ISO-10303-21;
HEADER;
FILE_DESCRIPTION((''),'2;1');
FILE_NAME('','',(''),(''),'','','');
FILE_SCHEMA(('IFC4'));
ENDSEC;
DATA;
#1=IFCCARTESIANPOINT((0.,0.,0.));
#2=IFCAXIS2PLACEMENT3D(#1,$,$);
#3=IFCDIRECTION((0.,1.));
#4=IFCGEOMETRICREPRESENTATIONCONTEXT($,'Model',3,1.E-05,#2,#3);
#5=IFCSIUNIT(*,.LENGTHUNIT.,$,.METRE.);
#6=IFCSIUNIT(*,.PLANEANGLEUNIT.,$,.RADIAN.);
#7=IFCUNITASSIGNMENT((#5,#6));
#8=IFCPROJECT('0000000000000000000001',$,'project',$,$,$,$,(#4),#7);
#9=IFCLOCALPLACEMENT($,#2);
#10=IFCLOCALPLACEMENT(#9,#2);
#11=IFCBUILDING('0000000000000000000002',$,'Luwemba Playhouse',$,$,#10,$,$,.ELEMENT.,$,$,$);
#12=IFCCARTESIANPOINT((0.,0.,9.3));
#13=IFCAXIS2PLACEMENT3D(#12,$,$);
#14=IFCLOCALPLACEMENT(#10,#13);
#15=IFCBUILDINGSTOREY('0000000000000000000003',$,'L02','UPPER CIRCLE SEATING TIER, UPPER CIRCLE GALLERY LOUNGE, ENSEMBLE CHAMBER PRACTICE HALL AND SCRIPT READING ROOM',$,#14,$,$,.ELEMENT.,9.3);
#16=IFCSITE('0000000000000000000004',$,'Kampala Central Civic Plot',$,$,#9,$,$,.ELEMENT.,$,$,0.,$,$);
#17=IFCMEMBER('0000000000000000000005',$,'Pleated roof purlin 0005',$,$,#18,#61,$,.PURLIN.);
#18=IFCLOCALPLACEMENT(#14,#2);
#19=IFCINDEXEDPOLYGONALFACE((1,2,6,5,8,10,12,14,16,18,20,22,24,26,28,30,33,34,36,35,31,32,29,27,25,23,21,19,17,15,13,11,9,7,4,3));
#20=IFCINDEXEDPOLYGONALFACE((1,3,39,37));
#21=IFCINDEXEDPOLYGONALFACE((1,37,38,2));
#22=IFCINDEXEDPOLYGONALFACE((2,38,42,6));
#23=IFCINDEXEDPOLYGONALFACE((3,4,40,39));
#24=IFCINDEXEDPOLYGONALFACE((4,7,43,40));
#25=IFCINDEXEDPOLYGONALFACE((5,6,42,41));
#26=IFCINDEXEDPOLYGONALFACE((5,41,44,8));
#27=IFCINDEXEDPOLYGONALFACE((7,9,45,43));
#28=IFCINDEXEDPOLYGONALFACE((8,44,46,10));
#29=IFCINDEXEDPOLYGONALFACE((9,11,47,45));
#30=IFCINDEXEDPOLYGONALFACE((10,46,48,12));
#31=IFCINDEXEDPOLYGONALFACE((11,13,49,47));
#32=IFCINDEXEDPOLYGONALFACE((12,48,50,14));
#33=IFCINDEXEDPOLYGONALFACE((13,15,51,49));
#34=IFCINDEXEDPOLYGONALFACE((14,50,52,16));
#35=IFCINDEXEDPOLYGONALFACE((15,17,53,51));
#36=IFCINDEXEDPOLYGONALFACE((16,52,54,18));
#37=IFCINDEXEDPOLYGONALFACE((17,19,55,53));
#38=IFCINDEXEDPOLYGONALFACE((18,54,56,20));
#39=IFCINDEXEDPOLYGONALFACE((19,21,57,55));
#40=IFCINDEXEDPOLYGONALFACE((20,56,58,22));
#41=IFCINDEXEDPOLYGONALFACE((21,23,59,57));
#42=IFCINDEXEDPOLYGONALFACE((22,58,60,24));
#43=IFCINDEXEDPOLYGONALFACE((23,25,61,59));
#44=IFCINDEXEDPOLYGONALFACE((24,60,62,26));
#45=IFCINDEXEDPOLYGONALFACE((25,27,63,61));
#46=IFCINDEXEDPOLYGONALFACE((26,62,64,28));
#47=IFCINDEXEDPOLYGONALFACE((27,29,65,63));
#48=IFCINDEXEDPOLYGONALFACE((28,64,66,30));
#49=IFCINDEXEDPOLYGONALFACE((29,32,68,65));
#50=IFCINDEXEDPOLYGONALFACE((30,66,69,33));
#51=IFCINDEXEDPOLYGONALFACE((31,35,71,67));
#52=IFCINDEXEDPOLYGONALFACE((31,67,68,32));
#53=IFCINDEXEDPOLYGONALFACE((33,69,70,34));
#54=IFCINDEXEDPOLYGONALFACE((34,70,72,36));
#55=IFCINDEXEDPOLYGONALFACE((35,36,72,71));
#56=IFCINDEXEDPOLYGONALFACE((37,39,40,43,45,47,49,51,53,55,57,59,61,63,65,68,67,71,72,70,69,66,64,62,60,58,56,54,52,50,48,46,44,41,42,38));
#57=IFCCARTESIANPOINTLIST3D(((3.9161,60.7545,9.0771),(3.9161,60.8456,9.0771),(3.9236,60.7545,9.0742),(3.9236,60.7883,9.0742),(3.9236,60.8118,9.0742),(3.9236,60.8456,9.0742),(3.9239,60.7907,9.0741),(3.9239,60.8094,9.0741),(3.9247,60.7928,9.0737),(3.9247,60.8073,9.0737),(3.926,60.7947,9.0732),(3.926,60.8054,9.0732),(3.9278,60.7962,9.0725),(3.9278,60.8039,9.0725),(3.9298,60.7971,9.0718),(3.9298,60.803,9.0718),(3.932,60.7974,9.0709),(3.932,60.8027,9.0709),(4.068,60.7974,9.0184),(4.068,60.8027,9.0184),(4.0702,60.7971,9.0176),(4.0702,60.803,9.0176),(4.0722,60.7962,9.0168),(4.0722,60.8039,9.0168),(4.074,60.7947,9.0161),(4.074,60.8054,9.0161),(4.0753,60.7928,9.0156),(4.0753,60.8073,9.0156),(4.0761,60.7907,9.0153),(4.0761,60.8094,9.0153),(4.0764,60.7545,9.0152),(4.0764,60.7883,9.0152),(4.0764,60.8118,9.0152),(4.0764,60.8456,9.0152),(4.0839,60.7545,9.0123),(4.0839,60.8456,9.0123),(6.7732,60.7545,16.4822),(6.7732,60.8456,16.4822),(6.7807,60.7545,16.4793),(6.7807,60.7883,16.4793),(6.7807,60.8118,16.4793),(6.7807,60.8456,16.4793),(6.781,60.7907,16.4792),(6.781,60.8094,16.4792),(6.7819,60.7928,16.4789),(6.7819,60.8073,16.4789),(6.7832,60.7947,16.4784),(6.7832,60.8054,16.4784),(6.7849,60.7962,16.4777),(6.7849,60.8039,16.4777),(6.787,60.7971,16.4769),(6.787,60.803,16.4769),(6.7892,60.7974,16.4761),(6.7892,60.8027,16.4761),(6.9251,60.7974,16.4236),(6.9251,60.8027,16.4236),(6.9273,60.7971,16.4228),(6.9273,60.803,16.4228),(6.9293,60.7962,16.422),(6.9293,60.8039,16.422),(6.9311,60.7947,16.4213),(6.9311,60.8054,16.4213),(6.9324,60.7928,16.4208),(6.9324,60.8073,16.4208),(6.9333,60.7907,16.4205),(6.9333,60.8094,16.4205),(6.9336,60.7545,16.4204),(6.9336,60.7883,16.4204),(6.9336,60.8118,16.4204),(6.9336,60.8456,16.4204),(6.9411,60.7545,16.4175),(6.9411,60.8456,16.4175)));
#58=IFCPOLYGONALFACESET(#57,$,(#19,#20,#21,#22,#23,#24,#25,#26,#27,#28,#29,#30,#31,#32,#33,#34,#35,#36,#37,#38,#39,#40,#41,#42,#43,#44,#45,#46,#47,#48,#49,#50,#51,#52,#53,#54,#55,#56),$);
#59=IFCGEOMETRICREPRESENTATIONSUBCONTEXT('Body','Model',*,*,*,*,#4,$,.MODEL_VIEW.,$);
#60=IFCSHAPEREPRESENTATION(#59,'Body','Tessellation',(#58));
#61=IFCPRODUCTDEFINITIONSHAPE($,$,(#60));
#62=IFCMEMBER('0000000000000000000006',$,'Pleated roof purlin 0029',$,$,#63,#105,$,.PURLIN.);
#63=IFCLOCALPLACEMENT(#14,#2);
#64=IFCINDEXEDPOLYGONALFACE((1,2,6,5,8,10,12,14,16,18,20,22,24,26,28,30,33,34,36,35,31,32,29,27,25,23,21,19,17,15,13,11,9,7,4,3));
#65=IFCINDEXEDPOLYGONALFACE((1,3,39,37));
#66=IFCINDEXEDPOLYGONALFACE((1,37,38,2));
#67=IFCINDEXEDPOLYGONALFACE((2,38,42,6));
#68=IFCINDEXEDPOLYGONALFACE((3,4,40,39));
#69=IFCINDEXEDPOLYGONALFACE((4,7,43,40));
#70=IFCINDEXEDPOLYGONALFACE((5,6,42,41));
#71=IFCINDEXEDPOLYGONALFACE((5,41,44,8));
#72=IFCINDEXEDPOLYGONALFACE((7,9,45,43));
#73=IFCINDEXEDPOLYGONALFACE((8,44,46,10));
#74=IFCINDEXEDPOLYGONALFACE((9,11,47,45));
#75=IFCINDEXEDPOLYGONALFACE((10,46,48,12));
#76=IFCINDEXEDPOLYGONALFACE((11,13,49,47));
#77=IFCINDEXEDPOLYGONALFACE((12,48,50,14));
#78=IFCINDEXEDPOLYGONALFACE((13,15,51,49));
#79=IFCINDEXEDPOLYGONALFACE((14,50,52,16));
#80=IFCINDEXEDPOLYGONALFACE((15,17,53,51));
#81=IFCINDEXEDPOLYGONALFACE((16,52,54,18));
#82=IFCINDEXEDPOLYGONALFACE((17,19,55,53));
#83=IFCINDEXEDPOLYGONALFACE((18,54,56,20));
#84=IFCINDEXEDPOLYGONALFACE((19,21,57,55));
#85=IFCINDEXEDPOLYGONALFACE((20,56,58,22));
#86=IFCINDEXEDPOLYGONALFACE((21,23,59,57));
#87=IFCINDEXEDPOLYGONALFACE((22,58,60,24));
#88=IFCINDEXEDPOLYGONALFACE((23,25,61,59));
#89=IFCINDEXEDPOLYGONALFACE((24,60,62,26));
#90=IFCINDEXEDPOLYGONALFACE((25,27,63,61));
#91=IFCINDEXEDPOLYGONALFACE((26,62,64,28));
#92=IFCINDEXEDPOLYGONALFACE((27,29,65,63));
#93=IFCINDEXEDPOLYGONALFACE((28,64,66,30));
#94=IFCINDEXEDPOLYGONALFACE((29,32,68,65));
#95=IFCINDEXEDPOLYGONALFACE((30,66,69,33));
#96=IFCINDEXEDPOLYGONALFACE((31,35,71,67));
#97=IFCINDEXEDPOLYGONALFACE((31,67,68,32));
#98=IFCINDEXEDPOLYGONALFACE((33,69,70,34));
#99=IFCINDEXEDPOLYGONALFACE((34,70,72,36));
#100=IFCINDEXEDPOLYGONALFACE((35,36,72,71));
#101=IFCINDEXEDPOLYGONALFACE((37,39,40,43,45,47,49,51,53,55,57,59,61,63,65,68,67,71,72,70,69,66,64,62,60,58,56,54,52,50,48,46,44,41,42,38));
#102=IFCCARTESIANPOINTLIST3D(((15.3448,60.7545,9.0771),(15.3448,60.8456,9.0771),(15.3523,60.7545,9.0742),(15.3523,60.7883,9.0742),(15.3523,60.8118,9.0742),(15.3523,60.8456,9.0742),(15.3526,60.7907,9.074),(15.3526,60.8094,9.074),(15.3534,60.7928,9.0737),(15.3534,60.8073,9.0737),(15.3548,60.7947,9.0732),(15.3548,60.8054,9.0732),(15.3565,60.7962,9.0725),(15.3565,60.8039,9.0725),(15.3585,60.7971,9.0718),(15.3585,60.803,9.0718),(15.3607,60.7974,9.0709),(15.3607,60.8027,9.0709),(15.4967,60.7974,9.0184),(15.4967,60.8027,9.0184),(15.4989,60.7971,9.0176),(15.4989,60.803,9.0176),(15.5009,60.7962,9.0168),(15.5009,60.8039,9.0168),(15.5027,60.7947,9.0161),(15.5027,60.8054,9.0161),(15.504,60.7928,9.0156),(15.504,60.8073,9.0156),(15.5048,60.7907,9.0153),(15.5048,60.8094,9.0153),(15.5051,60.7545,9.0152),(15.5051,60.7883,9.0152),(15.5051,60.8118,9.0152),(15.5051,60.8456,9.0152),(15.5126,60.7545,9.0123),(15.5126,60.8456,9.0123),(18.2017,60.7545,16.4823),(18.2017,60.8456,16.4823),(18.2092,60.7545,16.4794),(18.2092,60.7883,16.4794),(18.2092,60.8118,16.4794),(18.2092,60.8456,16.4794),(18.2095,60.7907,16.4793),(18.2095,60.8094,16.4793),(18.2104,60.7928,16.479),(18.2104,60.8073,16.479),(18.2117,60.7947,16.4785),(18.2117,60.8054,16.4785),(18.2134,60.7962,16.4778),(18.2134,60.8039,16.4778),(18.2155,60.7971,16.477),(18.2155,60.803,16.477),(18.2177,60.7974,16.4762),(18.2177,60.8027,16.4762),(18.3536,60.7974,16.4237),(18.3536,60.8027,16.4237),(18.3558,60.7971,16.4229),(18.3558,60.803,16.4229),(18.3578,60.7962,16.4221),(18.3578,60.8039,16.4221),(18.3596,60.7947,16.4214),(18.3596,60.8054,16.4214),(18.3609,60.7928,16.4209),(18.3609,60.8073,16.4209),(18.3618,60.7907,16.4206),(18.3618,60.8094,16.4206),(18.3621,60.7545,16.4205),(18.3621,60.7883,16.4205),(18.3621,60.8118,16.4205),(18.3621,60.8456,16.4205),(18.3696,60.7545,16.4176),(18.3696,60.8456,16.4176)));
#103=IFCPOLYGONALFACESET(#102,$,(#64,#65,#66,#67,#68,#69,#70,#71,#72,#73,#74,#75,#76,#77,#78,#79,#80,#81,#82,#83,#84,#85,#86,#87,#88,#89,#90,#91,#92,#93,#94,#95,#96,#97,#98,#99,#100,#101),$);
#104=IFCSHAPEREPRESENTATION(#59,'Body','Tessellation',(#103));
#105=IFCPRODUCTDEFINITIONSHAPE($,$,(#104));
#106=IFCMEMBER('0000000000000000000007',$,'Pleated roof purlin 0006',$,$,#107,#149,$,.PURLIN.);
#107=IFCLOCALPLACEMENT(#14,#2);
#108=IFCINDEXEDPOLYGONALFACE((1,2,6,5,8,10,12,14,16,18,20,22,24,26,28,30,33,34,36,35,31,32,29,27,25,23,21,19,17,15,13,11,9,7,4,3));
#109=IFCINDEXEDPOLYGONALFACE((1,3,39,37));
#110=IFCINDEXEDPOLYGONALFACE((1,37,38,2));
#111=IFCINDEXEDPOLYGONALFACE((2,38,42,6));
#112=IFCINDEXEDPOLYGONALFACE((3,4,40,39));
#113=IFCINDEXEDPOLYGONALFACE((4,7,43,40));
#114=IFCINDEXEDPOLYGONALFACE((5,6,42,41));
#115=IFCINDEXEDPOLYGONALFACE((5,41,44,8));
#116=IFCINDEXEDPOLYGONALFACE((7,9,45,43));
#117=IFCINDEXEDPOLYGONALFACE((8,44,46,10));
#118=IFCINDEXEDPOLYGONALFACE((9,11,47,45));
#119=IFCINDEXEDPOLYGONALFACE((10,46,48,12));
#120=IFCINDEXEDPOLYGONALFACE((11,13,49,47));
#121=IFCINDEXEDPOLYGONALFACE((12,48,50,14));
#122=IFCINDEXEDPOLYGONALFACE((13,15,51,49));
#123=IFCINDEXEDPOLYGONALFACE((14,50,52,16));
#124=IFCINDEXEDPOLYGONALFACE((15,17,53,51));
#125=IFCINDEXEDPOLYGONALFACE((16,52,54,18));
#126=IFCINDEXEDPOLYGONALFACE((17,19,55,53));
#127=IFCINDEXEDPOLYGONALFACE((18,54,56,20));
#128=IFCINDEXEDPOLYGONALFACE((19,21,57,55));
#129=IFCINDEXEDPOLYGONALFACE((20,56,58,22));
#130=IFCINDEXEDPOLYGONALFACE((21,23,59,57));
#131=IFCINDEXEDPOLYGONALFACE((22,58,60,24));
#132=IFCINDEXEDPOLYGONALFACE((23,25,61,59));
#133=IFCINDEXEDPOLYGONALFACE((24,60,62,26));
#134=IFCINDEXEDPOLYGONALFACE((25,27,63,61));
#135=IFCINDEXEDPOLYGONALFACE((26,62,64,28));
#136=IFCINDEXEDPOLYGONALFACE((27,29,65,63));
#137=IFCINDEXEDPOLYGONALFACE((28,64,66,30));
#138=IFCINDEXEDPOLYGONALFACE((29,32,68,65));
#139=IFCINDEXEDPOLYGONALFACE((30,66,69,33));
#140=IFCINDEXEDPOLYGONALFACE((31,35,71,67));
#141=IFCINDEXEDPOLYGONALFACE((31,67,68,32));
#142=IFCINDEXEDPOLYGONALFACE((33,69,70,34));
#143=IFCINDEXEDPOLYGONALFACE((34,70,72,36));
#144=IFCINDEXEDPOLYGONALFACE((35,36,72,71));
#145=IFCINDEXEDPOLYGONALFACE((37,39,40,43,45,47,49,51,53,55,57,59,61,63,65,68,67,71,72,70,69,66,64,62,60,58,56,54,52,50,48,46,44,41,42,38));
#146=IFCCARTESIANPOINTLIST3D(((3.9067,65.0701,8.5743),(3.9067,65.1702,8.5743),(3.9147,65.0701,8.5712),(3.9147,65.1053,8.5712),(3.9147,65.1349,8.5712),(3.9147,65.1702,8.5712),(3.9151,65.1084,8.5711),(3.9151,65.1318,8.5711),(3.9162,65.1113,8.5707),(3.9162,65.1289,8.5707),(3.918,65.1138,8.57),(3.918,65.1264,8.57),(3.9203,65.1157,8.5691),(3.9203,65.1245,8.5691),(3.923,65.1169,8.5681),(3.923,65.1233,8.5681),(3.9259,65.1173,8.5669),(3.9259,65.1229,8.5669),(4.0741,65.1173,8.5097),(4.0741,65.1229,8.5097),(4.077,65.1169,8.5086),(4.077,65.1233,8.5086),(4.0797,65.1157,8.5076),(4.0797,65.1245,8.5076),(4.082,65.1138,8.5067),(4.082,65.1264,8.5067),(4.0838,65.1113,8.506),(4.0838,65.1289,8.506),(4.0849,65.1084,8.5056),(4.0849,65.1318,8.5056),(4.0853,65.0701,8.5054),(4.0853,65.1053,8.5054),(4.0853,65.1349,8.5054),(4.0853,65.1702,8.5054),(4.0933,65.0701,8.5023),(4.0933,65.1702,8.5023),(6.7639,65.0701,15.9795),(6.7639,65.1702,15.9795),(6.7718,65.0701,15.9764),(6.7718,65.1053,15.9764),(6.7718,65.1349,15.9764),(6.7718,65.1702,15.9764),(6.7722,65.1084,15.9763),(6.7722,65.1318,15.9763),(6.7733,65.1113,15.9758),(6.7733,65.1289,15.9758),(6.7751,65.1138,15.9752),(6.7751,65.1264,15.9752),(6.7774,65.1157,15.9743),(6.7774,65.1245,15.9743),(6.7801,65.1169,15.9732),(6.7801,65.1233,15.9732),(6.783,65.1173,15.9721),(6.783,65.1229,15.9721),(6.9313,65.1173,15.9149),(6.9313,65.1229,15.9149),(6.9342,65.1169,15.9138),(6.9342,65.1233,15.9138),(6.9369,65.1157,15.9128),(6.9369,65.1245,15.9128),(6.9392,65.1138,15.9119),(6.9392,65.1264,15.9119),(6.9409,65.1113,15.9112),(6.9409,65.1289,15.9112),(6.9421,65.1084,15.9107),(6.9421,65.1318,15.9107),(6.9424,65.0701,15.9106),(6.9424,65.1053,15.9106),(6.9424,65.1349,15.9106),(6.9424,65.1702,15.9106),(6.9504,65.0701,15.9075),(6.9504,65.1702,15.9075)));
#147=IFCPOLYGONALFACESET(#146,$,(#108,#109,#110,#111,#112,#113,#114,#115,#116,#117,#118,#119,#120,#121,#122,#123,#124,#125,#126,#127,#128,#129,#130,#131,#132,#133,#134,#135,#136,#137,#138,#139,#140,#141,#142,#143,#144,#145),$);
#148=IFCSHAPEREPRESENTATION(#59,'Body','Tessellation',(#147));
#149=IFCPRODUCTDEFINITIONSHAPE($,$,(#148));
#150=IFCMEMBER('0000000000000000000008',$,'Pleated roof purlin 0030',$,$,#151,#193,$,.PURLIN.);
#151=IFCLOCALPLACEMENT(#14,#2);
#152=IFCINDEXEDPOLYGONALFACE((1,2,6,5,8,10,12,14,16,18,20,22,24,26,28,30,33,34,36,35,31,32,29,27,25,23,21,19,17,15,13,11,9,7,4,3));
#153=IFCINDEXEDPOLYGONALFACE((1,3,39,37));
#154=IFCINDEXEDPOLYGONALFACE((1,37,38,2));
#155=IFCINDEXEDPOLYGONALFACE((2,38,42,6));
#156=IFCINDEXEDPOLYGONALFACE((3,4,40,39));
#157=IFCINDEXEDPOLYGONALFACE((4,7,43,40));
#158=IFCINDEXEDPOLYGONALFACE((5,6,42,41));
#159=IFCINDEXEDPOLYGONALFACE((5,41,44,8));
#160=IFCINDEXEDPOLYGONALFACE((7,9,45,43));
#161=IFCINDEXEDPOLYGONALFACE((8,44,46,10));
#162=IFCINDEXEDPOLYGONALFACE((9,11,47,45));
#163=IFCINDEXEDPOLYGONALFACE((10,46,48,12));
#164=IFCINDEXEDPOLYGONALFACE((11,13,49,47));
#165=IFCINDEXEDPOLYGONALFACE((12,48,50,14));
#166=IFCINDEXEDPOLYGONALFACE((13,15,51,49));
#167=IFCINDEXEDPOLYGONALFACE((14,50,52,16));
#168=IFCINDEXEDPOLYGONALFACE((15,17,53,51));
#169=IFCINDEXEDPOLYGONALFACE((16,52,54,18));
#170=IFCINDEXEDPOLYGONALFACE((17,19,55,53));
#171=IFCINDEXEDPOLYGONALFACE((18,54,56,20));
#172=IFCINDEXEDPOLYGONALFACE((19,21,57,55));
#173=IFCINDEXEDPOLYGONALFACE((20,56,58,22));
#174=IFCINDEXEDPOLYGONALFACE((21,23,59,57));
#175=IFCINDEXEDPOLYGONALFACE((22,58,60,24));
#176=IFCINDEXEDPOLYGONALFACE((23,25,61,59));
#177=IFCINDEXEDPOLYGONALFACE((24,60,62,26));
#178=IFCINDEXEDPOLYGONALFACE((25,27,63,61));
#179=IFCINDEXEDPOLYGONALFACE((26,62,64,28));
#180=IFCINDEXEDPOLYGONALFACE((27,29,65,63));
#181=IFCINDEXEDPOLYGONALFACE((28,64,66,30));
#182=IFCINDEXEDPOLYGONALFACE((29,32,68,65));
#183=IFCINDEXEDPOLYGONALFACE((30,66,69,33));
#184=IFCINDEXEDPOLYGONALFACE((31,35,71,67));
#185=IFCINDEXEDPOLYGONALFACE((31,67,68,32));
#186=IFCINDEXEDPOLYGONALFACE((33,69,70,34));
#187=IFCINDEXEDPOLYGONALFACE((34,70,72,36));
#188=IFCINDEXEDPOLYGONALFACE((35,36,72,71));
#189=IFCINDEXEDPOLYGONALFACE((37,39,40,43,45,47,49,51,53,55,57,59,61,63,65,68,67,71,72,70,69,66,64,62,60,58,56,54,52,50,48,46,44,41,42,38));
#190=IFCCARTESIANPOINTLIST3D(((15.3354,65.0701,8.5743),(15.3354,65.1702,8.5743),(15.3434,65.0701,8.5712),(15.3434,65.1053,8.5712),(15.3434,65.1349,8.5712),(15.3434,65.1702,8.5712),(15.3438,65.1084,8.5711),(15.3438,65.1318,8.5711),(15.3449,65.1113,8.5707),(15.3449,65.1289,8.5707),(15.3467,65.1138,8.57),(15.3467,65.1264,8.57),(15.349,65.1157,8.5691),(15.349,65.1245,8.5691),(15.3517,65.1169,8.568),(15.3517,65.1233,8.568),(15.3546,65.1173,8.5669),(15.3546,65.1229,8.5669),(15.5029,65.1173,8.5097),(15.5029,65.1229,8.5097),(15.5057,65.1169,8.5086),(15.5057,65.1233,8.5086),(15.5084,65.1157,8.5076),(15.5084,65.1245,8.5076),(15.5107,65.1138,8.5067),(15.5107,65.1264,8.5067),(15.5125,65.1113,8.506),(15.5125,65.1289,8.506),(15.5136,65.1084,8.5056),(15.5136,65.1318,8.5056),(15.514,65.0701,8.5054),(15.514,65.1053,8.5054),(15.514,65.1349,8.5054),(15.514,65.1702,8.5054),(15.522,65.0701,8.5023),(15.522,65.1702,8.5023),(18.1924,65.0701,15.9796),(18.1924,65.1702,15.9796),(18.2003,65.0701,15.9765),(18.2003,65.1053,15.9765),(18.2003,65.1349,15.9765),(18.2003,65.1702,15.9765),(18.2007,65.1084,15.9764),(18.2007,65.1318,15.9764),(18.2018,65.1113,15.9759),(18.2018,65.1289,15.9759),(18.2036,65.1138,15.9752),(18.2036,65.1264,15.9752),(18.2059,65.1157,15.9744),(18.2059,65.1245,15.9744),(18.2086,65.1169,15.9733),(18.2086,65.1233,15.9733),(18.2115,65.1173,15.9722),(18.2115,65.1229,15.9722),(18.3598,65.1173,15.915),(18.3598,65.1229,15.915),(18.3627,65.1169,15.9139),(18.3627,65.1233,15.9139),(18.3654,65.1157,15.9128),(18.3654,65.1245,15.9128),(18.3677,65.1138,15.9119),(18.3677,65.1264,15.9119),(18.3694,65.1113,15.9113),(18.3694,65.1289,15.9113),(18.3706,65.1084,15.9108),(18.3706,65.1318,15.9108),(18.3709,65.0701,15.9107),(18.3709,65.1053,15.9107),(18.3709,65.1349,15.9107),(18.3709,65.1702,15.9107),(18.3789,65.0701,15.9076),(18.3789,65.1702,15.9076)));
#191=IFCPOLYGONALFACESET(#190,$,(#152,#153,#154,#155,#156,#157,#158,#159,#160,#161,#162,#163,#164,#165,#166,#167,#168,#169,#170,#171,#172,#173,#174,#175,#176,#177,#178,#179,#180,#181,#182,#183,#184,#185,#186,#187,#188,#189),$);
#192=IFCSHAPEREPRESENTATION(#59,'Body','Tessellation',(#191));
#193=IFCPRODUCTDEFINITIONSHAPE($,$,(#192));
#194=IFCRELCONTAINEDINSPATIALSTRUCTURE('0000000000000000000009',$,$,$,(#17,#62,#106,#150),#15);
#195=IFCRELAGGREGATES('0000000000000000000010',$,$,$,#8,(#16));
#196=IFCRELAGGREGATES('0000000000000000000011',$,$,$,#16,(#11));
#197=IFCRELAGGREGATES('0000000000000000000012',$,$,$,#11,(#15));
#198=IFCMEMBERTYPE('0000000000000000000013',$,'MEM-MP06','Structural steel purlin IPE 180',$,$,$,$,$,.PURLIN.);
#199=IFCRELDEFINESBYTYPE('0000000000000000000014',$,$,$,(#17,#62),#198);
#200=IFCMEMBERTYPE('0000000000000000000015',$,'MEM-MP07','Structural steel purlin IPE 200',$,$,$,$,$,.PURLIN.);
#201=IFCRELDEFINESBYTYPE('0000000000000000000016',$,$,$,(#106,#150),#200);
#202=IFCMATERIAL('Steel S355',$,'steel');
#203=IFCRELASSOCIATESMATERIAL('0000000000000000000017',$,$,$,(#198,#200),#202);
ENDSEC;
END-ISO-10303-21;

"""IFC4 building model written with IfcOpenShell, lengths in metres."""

from ifc_helpers import new_model, si_unit, direction, frame, origin, origin_2d, place, context, subcontext, project, spatial, i_section, extrude, material, material_profile, profile_set, type_object, element, save


model = new_model("IFC4")

# Units and contexts
model_context = context("Model", 3, precision=1e-05, world=origin(), true_north=direction((0.0, 1.0)))
body_context = subcontext(model_context, "Body", "Model", "MODEL_VIEW")
ifc_project = project(units=[si_unit("LENGTHUNIT", "METRE"), si_unit("PLANEANGLEUNIT", "RADIAN")], contexts=[model_context])

# Site, building, storey
site_placement = place(None, origin())
site = spatial("IfcSite", under=ifc_project, at=site_placement, Name="Kampala Central Civic Plot", CompositionType="ELEMENT", RefElevation=0.0)
building_placement = place(site_placement, origin())
building = spatial("IfcBuilding", under=site, at=building_placement, Name="Luwemba Playhouse", CompositionType="ELEMENT")
storey_placement = place(building_placement, frame((0.0, 0.0, 9.3)))
storey = spatial("IfcBuildingStorey", under=building, at=storey_placement, Name="L02", Description="UPPER CIRCLE SEATING TIER, UPPER CIRCLE GALLERY LOUNGE, ENSEMBLE CHAMBER PRACTICE HALL AND SCRIPT READING ROOM", CompositionType="ELEMENT", Elevation=9.3)

# Shared definitions
ifc_material_1 = material(Name="Steel S355", Category="steel")

# Members
ifc_material_profile_1 = material_profile(ifc_material_1, i_section(OverallWidth=0.0911, OverallDepth=0.1799, WebThickness=0.0054, FlangeThickness=0.0081, FilletRadius=0.009, at=origin_2d()))
ifc_profile_set_1 = profile_set([ifc_material_profile_1], Name="Steel S355")
member_type_1 = type_object("IfcMemberType", Name="MEM-MP06", Description="Structural steel purlin IPE 180", PredefinedType="PURLIN", material=ifc_profile_set_1)
for number, where, z_axis, x_axis, name in (
    (1, (4.0, 60.8, 9.0447), (0.359966, 0.0, 0.932965), (0.0, 1.0, 0.0), "Pleated roof purlin 0005"),
    (2, (15.4287, 60.8, 9.0447), (0.359939, 0.0, 0.932976), (0.0, 1.0, 0.0), "Pleated roof purlin 0029"),
):
    element("IfcMember", number, at=place(storey_placement, frame(where, z_axis=z_axis, x_axis=x_axis)), inside=storey, type_object=member_type_1, Name=name, PredefinedType="PURLIN", context=body_context, shape_type="SweptSolid", body=[
        extrude(i_section(OverallWidth=0.0911, OverallDepth=0.1799, WebThickness=0.0054, FlangeThickness=0.0081, FilletRadius=0.009, at=origin_2d()), origin(), (0.0, 0.0, 1.0), 7.9373),
    ])
ifc_material_profile_2 = material_profile(ifc_material_1, i_section(OverallWidth=0.1001, OverallDepth=0.2, WebThickness=0.0056, FlangeThickness=0.0085, FilletRadius=0.012, at=origin_2d()))
ifc_profile_set_2 = profile_set([ifc_material_profile_2], Name="Steel S355")
member_type_2 = type_object("IfcMemberType", Name="MEM-MP07", Description="Structural steel purlin IPE 200", PredefinedType="PURLIN", material=ifc_profile_set_2)
for number, where, z_axis, x_axis, name in (
    (3, (4.0, 65.1201, 8.5383), (0.359966, 0.0, 0.932965), (0.0, 1.0, 0.0), "Pleated roof purlin 0006"),
    (4, (15.4287, 65.1201, 8.5383), (0.359939, 0.0, 0.932976), (0.0, 1.0, 0.0), "Pleated roof purlin 0030"),
):
    element("IfcMember", number, at=place(storey_placement, frame(where, z_axis=z_axis, x_axis=x_axis)), inside=storey, type_object=member_type_2, Name=name, PredefinedType="PURLIN", context=body_context, shape_type="SweptSolid", body=[
        extrude(i_section(OverallWidth=0.1001, OverallDepth=0.2, WebThickness=0.0056, FlangeThickness=0.0085, FilletRadius=0.012, at=origin_2d()), origin(), (0.0, 0.0, 1.0), 7.9373),
    ])

save(model, "model.ifc")
